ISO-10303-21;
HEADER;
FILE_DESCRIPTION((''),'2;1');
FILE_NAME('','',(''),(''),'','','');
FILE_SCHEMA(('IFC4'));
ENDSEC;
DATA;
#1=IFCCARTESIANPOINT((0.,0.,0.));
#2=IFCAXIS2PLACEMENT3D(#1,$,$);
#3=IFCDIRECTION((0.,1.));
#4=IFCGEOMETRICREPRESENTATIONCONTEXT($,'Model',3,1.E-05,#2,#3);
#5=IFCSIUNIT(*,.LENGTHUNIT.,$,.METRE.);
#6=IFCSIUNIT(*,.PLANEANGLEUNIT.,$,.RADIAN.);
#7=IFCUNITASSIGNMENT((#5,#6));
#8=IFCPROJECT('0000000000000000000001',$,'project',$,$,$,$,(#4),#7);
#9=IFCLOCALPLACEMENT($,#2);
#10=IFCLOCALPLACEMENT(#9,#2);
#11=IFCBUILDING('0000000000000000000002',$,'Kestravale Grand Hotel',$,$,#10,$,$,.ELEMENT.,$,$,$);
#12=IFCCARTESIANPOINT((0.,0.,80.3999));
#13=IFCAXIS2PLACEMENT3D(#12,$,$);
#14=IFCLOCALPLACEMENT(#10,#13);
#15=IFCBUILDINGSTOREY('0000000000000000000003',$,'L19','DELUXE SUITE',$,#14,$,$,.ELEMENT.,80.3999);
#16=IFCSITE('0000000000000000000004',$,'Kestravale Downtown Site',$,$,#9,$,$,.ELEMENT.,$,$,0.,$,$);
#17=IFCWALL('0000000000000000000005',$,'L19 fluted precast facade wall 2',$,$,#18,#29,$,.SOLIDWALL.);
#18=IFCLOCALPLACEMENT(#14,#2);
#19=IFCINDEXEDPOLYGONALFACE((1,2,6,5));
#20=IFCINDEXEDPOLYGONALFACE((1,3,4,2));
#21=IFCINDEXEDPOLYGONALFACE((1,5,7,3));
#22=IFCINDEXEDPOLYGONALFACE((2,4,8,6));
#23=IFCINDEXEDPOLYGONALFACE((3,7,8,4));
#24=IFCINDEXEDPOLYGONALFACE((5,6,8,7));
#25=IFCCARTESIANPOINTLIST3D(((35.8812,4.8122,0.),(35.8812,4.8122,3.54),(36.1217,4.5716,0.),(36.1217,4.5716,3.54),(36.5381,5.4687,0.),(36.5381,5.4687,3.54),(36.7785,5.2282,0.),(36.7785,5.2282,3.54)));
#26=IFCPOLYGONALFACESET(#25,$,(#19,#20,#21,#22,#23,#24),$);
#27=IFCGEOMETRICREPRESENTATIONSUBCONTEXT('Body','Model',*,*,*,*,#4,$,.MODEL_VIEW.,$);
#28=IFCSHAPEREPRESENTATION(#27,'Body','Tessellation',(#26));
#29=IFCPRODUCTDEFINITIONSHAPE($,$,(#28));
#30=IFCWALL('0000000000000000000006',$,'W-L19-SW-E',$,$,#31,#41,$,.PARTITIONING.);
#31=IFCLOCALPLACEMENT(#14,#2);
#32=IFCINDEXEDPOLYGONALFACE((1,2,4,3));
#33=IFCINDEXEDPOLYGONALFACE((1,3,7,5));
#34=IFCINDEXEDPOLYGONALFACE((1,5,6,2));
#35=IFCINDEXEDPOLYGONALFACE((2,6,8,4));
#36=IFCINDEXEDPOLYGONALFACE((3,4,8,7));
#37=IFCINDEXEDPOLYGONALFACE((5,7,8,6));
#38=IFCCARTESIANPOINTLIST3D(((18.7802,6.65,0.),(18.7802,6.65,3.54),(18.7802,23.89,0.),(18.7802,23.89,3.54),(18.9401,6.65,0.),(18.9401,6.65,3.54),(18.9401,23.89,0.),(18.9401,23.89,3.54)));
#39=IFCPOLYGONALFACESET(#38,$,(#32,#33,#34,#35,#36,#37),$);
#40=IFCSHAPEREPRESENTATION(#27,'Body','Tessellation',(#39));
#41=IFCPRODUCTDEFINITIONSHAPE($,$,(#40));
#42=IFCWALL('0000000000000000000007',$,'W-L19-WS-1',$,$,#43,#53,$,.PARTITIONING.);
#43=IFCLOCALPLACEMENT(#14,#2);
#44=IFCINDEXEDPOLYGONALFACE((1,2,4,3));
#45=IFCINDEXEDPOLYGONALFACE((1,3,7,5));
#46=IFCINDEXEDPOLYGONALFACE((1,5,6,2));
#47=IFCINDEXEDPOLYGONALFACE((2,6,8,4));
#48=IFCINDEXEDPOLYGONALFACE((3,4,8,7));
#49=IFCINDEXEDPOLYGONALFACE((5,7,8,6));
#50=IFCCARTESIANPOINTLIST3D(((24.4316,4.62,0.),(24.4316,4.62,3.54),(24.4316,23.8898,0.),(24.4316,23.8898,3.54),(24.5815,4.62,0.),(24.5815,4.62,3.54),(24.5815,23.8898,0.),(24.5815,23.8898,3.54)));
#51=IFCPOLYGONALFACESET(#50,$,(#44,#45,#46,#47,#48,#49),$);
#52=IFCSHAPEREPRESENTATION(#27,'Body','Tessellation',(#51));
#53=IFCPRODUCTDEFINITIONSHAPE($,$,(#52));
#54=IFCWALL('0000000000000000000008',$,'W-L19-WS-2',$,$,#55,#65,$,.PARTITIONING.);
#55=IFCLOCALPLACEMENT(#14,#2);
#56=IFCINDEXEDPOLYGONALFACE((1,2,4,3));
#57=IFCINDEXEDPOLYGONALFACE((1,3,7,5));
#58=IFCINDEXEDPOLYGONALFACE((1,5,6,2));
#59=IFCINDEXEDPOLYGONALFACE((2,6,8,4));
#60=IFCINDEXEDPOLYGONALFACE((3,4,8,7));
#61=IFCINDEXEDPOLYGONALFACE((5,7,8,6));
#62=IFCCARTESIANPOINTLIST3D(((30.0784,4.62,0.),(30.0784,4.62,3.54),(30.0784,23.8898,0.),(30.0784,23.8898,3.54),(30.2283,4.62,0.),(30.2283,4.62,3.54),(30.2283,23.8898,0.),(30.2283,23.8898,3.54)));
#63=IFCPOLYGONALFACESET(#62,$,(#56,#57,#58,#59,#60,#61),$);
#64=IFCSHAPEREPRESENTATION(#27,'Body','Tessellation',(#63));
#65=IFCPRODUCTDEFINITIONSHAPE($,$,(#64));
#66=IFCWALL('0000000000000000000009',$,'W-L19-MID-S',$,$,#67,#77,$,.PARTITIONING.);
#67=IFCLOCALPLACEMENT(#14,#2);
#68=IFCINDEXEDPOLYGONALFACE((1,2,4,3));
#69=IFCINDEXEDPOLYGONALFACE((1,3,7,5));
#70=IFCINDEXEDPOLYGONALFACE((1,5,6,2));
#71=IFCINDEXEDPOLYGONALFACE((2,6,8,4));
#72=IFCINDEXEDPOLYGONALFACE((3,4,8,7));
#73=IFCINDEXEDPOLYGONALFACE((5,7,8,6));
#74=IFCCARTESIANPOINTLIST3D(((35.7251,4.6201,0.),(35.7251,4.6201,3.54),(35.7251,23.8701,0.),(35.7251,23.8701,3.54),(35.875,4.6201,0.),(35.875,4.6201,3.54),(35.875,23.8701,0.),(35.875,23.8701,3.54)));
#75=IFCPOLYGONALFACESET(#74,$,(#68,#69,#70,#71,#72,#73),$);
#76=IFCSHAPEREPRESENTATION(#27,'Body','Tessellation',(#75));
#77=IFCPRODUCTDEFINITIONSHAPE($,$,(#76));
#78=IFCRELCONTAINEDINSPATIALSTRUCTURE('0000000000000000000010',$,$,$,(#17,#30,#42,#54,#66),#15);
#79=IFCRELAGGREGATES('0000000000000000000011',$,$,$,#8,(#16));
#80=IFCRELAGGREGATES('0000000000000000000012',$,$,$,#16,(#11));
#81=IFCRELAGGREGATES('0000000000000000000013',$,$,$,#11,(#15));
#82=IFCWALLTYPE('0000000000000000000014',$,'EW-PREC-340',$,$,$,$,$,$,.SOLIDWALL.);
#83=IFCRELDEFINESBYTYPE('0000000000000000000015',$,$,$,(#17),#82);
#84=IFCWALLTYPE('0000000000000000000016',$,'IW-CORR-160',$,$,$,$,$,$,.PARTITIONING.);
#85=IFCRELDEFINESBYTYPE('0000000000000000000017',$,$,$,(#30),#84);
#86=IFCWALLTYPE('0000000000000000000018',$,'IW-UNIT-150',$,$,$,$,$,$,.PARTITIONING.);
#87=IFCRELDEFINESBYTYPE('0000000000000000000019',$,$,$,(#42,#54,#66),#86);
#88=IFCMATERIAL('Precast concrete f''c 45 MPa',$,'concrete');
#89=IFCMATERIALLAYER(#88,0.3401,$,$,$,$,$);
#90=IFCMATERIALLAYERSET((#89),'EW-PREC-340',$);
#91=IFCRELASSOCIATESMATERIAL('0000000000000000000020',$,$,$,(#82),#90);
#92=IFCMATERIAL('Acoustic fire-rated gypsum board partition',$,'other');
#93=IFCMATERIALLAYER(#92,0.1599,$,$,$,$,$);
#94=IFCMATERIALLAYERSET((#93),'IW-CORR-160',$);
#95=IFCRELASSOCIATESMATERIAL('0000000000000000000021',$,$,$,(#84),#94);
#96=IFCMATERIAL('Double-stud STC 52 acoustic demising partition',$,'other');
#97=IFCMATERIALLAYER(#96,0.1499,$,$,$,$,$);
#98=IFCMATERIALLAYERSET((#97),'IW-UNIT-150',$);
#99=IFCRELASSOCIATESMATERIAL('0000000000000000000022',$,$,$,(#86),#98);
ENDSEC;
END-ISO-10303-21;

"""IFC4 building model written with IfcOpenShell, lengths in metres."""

from ifc_helpers import new_model, si_unit, direction, frame, frame_2d, origin, place, context, subcontext, project, spatial, rectangle, extrude, material, layer, layer_set, type_object, element, save


model = new_model("IFC4")

# Units and contexts
model_context = context("Model", 3, precision=1e-05, world=origin(), true_north=direction((0.0, 1.0)))
body_context = subcontext(model_context, "Body", "Model", "MODEL_VIEW")
ifc_project = project(units=[si_unit("LENGTHUNIT", "METRE"), si_unit("PLANEANGLEUNIT", "RADIAN")], contexts=[model_context])

# Site, building, storey
site_placement = place(None, origin())
site = spatial("IfcSite", under=ifc_project, at=site_placement, Name="Kestravale Downtown Site", CompositionType="ELEMENT", RefElevation=0.0)
building_placement = place(site_placement, origin())
building = spatial("IfcBuilding", under=site, at=building_placement, Name="Kestravale Grand Hotel", CompositionType="ELEMENT")
storey_placement = place(building_placement, frame((0.0, 0.0, 80.3999)))
storey = spatial("IfcBuildingStorey", under=building, at=storey_placement, Name="L19", Description="DELUXE SUITE", CompositionType="ELEMENT", Elevation=80.3999)

# Walls
ifc_material_1 = material(Name="Precast concrete f'c 45 MPa", Category="concrete")
ifc_layer_1 = layer(ifc_material_1, 0.3401)
ifc_layer_set_1 = layer_set([ifc_layer_1], Name="EW-PREC-340")
wall_type_1 = type_object("IfcWallType", Name="EW-PREC-340", PredefinedType="SOLIDWALL", material=ifc_layer_set_1)
wall_1_placement = place(storey_placement, frame((36.0015, 4.6919, 0.0), z_axis=(0.0, 0.0, 1.0), x_axis=(0.707238, 0.706975, 0.0)))
element("IfcWall", 1, at=wall_1_placement, inside=storey, type_object=wall_type_1, Name="L19 fluted precast facade wall 2", PredefinedType="SOLIDWALL", context=body_context, shape_type="SweptSolid", body=[
    extrude(rectangle(XDim=0.9287, YDim=0.3401, at=frame_2d((0.4644, 0.0))), origin(), (0.0, 0.0, 1.0), 3.54),
])
ifc_material_2 = material(Name="Acoustic fire-rated gypsum board partition", Category="other")
ifc_layer_2 = layer(ifc_material_2, 0.1599)
ifc_layer_set_2 = layer_set([ifc_layer_2], Name="IW-CORR-160")
wall_type_2 = type_object("IfcWallType", Name="IW-CORR-160", PredefinedType="PARTITIONING", material=ifc_layer_set_2)
wall_2_placement = place(storey_placement, frame((18.8601, 6.6499, 0.0), z_axis=(0.0, 0.0, 1.0), x_axis=(0.0, 1.0, 0.0)))
element("IfcWall", 2, at=wall_2_placement, inside=storey, type_object=wall_type_2, Name="W-L19-SW-E", PredefinedType="PARTITIONING", context=body_context, shape_type="SweptSolid", body=[
    extrude(rectangle(XDim=17.24, YDim=0.1599, at=frame_2d((8.6201, 0.0))), origin(), (0.0, 0.0, 1.0), 3.54),
])
ifc_material_3 = material(Name="Double-stud STC 52 acoustic demising partition", Category="other")
ifc_layer_3 = layer(ifc_material_3, 0.1499)
ifc_layer_set_3 = layer_set([ifc_layer_3], Name="IW-UNIT-150")
wall_type_3 = type_object("IfcWallType", Name="IW-UNIT-150", PredefinedType="PARTITIONING", material=ifc_layer_set_3)
for number, where, z_axis, x_axis, name in (
    (3, (24.5066, 4.6201, 0.0), (0.0, 0.0, 1.0), (0.0, 1.0, 0.0), "W-L19-WS-1"),
    (4, (30.1533, 4.6201, 0.0), (0.0, 0.0, 1.0), (0.0, 1.0, 0.0), "W-L19-WS-2"),
):
    element("IfcWall", number, at=place(storey_placement, frame(where, z_axis=z_axis, x_axis=x_axis)), inside=storey, type_object=wall_type_3, Name=name, PredefinedType="PARTITIONING", context=body_context, shape_type="SweptSolid", body=[
        extrude(rectangle(XDim=19.2698, YDim=0.1499, at=frame_2d((9.6348, 0.0))), origin(), (0.0, 0.0, 1.0), 3.54),
    ])
wall_3_placement = place(storey_placement, frame((35.8, 4.6201, 0.0), z_axis=(0.0, 0.0, 1.0), x_axis=(0.0, 1.0, 0.0)))
element("IfcWall", 5, at=wall_3_placement, inside=storey, type_object=wall_type_3, Name="W-L19-MID-S", PredefinedType="PARTITIONING", context=body_context, shape_type="SweptSolid", body=[
    extrude(rectangle(XDim=19.25, YDim=0.1499, at=frame_2d((9.625, 0.0))), origin(), (0.0, 0.0, 1.0), 3.54),
])

save(model, "model.ifc")
